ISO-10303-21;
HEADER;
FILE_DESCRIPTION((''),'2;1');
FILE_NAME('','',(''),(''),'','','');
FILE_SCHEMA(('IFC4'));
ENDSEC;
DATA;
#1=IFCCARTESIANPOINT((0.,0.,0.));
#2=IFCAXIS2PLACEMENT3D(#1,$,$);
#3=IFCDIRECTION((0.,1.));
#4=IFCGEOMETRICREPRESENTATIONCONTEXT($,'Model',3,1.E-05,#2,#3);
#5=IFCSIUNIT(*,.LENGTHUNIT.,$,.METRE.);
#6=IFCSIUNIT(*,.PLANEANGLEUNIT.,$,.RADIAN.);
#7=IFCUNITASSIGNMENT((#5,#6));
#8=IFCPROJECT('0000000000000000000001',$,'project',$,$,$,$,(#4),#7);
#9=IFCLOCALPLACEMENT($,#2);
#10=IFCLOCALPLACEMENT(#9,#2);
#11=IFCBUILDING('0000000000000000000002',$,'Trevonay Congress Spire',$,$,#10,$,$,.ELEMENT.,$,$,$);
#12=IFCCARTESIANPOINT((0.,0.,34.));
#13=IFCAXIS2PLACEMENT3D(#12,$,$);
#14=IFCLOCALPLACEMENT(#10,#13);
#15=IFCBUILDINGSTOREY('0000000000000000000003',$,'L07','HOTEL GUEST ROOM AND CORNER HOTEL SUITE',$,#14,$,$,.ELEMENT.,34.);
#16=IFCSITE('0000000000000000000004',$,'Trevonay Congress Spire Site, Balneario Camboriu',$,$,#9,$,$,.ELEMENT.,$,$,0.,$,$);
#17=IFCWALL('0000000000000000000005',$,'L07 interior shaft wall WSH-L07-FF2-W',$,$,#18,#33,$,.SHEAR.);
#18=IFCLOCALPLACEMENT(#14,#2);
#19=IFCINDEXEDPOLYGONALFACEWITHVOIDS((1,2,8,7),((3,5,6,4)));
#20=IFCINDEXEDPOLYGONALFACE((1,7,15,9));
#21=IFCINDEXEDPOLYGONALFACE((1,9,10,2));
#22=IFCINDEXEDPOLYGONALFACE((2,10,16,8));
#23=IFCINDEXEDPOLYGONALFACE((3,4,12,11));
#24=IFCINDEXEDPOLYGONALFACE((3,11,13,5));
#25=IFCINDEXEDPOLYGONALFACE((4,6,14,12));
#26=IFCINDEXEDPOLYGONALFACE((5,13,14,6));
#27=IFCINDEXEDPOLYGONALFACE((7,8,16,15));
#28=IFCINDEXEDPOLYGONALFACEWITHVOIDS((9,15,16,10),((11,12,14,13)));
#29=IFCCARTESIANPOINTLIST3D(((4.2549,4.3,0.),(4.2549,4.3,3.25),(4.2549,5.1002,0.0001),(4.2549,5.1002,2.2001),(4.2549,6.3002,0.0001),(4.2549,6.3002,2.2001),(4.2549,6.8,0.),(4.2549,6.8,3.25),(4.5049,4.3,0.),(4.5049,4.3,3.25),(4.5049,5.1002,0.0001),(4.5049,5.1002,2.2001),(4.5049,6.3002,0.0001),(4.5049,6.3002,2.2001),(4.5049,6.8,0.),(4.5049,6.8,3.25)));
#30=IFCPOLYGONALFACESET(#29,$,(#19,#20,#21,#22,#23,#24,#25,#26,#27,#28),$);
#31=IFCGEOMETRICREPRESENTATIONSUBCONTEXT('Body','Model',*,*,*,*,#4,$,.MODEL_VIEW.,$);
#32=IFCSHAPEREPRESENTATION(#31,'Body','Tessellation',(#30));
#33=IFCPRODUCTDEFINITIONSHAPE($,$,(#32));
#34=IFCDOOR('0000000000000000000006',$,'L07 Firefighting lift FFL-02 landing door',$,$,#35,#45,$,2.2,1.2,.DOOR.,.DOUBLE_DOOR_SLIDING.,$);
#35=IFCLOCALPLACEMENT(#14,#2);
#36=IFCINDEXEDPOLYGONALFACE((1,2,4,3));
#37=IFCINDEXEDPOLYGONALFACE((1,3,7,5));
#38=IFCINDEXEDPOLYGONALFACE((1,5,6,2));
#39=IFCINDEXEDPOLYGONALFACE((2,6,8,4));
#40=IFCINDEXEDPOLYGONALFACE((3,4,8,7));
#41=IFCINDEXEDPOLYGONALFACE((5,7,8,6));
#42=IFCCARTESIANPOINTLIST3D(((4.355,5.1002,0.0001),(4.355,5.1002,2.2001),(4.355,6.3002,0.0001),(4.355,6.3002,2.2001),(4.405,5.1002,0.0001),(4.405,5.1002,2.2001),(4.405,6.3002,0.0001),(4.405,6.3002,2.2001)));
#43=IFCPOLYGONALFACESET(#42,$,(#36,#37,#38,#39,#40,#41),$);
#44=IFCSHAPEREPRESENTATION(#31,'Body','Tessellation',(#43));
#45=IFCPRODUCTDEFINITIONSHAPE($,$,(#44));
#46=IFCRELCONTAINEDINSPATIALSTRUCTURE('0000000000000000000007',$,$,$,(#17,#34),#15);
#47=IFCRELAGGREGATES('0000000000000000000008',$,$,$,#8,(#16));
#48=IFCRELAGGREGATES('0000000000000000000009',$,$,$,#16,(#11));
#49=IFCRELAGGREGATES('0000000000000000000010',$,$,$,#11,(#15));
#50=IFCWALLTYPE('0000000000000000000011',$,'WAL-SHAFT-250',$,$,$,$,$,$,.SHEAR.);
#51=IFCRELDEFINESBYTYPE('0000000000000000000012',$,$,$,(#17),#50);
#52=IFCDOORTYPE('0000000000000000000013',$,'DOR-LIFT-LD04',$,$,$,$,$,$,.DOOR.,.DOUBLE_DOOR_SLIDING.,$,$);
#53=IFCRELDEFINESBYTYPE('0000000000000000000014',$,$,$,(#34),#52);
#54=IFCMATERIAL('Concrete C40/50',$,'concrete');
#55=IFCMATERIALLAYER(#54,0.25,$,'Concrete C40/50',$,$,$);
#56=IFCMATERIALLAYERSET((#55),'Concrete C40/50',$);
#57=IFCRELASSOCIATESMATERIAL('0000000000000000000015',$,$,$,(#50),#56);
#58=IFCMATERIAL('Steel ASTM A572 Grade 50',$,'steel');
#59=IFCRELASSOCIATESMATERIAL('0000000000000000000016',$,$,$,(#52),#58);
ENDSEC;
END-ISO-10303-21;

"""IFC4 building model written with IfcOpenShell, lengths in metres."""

from ifc_helpers import new_model, si_unit, direction, frame, frame_2d, origin, place, context, subcontext, project, spatial, rectangle, extrude, material, layer, layer_set, type_object, element, fill, save


model = new_model("IFC4")

# Units and contexts
model_context = context("Model", 3, precision=1e-05, world=origin(), true_north=direction((0.0, 1.0)))
body_context = subcontext(model_context, "Body", "Model", "MODEL_VIEW")
ifc_project = project(units=[si_unit("LENGTHUNIT", "METRE"), si_unit("PLANEANGLEUNIT", "RADIAN")], contexts=[model_context])

# Site, building, storey
site_placement = place(None, origin())
site = spatial("IfcSite", under=ifc_project, at=site_placement, Name="Trevonay Congress Spire Site, Balneario Camboriu", CompositionType="ELEMENT", RefElevation=0.0)
building_placement = place(site_placement, origin())
building = spatial("IfcBuilding", under=site, at=building_placement, Name="Trevonay Congress Spire", CompositionType="ELEMENT")
storey_placement = place(building_placement, frame((0.0, 0.0, 34.0)))
storey = spatial("IfcBuildingStorey", under=building, at=storey_placement, Name="L07", Description="HOTEL GUEST ROOM AND CORNER HOTEL SUITE", CompositionType="ELEMENT", Elevation=34.0)

# Shared definitions
ifc_material_1 = material(Name="Steel ASTM A572 Grade 50", Category="steel")

# Shared definitions
ifc_material_2 = material(Name="Concrete C40/50", Category="concrete")

# Shared definitions
ifc_layer_1 = layer(ifc_material_2, 0.25, Name="Concrete C40/50")
ifc_layer_set_1 = layer_set([ifc_layer_1], Name="Concrete C40/50")
wall_type_1 = type_object("IfcWallType", Name="WAL-SHAFT-250", PredefinedType="SHEAR", material=ifc_layer_set_1)

# Wall, opening, door
wall_1_placement = place(storey_placement, frame((4.3799, 4.3, 0.0), z_axis=(0.0, 0.0, 1.0), x_axis=(0.0, 1.0, 0.0)))
wall_1 = element("IfcWall", 1, at=wall_1_placement, inside=storey, type_object=wall_type_1, Name="L07 interior shaft wall WSH-L07-FF2-W", PredefinedType="SHEAR", context=body_context, shape_type="SweptSolid", body=[
    extrude(rectangle(XDim=2.5, YDim=0.25, at=frame_2d((1.25, 0.0))), origin(), (0.0, 0.0, 1.0), 3.25),
])
opening_1_placement = place(wall_1_placement, frame((0.8, 0.0, 0.0)))
opening_1 = element("IfcOpeningElement", 2, at=opening_1_placement, cuts=wall_1, PredefinedType="OPENING", context=body_context, shape_type="SweptSolid", body=[
    extrude(rectangle(XDim=1.2, YDim=2.2, at=frame_2d((0.6001, 1.1001))), frame((0.0, 0.135, 0.0), z_axis=(0.0, -1.0, 0.0), x_axis=(1.0, 0.0, 0.0)), (0.0, 0.0, 1.0), 0.27),
])
door_type_1 = type_object("IfcDoorType", Name="DOR-LIFT-LD04", OperationType="DOUBLE_DOOR_SLIDING", PredefinedType="DOOR", material=ifc_material_1)
door_1_placement = place(opening_1_placement, origin())
door_1 = element("IfcDoor", 3, at=door_1_placement, inside=storey, type_object=door_type_1, Name="L07 Firefighting lift FFL-02 landing door", OperationType="DOUBLE_DOOR_SLIDING", OverallHeight=2.2, OverallWidth=1.2, PredefinedType="DOOR", context=body_context, shape_type="SweptSolid", body=[
    extrude(rectangle(XDim=1.2, YDim=2.2, at=frame_2d((0.6001, 1.1001))), frame((0.0, 0.0249, 0.0), z_axis=(0.0, -1.0, 0.0), x_axis=(1.0, 0.0, 0.0)), (0.0, 0.0, 1.0), 0.05),
])
fill(opening_1, door_1)

save(model, "model.ifc")
